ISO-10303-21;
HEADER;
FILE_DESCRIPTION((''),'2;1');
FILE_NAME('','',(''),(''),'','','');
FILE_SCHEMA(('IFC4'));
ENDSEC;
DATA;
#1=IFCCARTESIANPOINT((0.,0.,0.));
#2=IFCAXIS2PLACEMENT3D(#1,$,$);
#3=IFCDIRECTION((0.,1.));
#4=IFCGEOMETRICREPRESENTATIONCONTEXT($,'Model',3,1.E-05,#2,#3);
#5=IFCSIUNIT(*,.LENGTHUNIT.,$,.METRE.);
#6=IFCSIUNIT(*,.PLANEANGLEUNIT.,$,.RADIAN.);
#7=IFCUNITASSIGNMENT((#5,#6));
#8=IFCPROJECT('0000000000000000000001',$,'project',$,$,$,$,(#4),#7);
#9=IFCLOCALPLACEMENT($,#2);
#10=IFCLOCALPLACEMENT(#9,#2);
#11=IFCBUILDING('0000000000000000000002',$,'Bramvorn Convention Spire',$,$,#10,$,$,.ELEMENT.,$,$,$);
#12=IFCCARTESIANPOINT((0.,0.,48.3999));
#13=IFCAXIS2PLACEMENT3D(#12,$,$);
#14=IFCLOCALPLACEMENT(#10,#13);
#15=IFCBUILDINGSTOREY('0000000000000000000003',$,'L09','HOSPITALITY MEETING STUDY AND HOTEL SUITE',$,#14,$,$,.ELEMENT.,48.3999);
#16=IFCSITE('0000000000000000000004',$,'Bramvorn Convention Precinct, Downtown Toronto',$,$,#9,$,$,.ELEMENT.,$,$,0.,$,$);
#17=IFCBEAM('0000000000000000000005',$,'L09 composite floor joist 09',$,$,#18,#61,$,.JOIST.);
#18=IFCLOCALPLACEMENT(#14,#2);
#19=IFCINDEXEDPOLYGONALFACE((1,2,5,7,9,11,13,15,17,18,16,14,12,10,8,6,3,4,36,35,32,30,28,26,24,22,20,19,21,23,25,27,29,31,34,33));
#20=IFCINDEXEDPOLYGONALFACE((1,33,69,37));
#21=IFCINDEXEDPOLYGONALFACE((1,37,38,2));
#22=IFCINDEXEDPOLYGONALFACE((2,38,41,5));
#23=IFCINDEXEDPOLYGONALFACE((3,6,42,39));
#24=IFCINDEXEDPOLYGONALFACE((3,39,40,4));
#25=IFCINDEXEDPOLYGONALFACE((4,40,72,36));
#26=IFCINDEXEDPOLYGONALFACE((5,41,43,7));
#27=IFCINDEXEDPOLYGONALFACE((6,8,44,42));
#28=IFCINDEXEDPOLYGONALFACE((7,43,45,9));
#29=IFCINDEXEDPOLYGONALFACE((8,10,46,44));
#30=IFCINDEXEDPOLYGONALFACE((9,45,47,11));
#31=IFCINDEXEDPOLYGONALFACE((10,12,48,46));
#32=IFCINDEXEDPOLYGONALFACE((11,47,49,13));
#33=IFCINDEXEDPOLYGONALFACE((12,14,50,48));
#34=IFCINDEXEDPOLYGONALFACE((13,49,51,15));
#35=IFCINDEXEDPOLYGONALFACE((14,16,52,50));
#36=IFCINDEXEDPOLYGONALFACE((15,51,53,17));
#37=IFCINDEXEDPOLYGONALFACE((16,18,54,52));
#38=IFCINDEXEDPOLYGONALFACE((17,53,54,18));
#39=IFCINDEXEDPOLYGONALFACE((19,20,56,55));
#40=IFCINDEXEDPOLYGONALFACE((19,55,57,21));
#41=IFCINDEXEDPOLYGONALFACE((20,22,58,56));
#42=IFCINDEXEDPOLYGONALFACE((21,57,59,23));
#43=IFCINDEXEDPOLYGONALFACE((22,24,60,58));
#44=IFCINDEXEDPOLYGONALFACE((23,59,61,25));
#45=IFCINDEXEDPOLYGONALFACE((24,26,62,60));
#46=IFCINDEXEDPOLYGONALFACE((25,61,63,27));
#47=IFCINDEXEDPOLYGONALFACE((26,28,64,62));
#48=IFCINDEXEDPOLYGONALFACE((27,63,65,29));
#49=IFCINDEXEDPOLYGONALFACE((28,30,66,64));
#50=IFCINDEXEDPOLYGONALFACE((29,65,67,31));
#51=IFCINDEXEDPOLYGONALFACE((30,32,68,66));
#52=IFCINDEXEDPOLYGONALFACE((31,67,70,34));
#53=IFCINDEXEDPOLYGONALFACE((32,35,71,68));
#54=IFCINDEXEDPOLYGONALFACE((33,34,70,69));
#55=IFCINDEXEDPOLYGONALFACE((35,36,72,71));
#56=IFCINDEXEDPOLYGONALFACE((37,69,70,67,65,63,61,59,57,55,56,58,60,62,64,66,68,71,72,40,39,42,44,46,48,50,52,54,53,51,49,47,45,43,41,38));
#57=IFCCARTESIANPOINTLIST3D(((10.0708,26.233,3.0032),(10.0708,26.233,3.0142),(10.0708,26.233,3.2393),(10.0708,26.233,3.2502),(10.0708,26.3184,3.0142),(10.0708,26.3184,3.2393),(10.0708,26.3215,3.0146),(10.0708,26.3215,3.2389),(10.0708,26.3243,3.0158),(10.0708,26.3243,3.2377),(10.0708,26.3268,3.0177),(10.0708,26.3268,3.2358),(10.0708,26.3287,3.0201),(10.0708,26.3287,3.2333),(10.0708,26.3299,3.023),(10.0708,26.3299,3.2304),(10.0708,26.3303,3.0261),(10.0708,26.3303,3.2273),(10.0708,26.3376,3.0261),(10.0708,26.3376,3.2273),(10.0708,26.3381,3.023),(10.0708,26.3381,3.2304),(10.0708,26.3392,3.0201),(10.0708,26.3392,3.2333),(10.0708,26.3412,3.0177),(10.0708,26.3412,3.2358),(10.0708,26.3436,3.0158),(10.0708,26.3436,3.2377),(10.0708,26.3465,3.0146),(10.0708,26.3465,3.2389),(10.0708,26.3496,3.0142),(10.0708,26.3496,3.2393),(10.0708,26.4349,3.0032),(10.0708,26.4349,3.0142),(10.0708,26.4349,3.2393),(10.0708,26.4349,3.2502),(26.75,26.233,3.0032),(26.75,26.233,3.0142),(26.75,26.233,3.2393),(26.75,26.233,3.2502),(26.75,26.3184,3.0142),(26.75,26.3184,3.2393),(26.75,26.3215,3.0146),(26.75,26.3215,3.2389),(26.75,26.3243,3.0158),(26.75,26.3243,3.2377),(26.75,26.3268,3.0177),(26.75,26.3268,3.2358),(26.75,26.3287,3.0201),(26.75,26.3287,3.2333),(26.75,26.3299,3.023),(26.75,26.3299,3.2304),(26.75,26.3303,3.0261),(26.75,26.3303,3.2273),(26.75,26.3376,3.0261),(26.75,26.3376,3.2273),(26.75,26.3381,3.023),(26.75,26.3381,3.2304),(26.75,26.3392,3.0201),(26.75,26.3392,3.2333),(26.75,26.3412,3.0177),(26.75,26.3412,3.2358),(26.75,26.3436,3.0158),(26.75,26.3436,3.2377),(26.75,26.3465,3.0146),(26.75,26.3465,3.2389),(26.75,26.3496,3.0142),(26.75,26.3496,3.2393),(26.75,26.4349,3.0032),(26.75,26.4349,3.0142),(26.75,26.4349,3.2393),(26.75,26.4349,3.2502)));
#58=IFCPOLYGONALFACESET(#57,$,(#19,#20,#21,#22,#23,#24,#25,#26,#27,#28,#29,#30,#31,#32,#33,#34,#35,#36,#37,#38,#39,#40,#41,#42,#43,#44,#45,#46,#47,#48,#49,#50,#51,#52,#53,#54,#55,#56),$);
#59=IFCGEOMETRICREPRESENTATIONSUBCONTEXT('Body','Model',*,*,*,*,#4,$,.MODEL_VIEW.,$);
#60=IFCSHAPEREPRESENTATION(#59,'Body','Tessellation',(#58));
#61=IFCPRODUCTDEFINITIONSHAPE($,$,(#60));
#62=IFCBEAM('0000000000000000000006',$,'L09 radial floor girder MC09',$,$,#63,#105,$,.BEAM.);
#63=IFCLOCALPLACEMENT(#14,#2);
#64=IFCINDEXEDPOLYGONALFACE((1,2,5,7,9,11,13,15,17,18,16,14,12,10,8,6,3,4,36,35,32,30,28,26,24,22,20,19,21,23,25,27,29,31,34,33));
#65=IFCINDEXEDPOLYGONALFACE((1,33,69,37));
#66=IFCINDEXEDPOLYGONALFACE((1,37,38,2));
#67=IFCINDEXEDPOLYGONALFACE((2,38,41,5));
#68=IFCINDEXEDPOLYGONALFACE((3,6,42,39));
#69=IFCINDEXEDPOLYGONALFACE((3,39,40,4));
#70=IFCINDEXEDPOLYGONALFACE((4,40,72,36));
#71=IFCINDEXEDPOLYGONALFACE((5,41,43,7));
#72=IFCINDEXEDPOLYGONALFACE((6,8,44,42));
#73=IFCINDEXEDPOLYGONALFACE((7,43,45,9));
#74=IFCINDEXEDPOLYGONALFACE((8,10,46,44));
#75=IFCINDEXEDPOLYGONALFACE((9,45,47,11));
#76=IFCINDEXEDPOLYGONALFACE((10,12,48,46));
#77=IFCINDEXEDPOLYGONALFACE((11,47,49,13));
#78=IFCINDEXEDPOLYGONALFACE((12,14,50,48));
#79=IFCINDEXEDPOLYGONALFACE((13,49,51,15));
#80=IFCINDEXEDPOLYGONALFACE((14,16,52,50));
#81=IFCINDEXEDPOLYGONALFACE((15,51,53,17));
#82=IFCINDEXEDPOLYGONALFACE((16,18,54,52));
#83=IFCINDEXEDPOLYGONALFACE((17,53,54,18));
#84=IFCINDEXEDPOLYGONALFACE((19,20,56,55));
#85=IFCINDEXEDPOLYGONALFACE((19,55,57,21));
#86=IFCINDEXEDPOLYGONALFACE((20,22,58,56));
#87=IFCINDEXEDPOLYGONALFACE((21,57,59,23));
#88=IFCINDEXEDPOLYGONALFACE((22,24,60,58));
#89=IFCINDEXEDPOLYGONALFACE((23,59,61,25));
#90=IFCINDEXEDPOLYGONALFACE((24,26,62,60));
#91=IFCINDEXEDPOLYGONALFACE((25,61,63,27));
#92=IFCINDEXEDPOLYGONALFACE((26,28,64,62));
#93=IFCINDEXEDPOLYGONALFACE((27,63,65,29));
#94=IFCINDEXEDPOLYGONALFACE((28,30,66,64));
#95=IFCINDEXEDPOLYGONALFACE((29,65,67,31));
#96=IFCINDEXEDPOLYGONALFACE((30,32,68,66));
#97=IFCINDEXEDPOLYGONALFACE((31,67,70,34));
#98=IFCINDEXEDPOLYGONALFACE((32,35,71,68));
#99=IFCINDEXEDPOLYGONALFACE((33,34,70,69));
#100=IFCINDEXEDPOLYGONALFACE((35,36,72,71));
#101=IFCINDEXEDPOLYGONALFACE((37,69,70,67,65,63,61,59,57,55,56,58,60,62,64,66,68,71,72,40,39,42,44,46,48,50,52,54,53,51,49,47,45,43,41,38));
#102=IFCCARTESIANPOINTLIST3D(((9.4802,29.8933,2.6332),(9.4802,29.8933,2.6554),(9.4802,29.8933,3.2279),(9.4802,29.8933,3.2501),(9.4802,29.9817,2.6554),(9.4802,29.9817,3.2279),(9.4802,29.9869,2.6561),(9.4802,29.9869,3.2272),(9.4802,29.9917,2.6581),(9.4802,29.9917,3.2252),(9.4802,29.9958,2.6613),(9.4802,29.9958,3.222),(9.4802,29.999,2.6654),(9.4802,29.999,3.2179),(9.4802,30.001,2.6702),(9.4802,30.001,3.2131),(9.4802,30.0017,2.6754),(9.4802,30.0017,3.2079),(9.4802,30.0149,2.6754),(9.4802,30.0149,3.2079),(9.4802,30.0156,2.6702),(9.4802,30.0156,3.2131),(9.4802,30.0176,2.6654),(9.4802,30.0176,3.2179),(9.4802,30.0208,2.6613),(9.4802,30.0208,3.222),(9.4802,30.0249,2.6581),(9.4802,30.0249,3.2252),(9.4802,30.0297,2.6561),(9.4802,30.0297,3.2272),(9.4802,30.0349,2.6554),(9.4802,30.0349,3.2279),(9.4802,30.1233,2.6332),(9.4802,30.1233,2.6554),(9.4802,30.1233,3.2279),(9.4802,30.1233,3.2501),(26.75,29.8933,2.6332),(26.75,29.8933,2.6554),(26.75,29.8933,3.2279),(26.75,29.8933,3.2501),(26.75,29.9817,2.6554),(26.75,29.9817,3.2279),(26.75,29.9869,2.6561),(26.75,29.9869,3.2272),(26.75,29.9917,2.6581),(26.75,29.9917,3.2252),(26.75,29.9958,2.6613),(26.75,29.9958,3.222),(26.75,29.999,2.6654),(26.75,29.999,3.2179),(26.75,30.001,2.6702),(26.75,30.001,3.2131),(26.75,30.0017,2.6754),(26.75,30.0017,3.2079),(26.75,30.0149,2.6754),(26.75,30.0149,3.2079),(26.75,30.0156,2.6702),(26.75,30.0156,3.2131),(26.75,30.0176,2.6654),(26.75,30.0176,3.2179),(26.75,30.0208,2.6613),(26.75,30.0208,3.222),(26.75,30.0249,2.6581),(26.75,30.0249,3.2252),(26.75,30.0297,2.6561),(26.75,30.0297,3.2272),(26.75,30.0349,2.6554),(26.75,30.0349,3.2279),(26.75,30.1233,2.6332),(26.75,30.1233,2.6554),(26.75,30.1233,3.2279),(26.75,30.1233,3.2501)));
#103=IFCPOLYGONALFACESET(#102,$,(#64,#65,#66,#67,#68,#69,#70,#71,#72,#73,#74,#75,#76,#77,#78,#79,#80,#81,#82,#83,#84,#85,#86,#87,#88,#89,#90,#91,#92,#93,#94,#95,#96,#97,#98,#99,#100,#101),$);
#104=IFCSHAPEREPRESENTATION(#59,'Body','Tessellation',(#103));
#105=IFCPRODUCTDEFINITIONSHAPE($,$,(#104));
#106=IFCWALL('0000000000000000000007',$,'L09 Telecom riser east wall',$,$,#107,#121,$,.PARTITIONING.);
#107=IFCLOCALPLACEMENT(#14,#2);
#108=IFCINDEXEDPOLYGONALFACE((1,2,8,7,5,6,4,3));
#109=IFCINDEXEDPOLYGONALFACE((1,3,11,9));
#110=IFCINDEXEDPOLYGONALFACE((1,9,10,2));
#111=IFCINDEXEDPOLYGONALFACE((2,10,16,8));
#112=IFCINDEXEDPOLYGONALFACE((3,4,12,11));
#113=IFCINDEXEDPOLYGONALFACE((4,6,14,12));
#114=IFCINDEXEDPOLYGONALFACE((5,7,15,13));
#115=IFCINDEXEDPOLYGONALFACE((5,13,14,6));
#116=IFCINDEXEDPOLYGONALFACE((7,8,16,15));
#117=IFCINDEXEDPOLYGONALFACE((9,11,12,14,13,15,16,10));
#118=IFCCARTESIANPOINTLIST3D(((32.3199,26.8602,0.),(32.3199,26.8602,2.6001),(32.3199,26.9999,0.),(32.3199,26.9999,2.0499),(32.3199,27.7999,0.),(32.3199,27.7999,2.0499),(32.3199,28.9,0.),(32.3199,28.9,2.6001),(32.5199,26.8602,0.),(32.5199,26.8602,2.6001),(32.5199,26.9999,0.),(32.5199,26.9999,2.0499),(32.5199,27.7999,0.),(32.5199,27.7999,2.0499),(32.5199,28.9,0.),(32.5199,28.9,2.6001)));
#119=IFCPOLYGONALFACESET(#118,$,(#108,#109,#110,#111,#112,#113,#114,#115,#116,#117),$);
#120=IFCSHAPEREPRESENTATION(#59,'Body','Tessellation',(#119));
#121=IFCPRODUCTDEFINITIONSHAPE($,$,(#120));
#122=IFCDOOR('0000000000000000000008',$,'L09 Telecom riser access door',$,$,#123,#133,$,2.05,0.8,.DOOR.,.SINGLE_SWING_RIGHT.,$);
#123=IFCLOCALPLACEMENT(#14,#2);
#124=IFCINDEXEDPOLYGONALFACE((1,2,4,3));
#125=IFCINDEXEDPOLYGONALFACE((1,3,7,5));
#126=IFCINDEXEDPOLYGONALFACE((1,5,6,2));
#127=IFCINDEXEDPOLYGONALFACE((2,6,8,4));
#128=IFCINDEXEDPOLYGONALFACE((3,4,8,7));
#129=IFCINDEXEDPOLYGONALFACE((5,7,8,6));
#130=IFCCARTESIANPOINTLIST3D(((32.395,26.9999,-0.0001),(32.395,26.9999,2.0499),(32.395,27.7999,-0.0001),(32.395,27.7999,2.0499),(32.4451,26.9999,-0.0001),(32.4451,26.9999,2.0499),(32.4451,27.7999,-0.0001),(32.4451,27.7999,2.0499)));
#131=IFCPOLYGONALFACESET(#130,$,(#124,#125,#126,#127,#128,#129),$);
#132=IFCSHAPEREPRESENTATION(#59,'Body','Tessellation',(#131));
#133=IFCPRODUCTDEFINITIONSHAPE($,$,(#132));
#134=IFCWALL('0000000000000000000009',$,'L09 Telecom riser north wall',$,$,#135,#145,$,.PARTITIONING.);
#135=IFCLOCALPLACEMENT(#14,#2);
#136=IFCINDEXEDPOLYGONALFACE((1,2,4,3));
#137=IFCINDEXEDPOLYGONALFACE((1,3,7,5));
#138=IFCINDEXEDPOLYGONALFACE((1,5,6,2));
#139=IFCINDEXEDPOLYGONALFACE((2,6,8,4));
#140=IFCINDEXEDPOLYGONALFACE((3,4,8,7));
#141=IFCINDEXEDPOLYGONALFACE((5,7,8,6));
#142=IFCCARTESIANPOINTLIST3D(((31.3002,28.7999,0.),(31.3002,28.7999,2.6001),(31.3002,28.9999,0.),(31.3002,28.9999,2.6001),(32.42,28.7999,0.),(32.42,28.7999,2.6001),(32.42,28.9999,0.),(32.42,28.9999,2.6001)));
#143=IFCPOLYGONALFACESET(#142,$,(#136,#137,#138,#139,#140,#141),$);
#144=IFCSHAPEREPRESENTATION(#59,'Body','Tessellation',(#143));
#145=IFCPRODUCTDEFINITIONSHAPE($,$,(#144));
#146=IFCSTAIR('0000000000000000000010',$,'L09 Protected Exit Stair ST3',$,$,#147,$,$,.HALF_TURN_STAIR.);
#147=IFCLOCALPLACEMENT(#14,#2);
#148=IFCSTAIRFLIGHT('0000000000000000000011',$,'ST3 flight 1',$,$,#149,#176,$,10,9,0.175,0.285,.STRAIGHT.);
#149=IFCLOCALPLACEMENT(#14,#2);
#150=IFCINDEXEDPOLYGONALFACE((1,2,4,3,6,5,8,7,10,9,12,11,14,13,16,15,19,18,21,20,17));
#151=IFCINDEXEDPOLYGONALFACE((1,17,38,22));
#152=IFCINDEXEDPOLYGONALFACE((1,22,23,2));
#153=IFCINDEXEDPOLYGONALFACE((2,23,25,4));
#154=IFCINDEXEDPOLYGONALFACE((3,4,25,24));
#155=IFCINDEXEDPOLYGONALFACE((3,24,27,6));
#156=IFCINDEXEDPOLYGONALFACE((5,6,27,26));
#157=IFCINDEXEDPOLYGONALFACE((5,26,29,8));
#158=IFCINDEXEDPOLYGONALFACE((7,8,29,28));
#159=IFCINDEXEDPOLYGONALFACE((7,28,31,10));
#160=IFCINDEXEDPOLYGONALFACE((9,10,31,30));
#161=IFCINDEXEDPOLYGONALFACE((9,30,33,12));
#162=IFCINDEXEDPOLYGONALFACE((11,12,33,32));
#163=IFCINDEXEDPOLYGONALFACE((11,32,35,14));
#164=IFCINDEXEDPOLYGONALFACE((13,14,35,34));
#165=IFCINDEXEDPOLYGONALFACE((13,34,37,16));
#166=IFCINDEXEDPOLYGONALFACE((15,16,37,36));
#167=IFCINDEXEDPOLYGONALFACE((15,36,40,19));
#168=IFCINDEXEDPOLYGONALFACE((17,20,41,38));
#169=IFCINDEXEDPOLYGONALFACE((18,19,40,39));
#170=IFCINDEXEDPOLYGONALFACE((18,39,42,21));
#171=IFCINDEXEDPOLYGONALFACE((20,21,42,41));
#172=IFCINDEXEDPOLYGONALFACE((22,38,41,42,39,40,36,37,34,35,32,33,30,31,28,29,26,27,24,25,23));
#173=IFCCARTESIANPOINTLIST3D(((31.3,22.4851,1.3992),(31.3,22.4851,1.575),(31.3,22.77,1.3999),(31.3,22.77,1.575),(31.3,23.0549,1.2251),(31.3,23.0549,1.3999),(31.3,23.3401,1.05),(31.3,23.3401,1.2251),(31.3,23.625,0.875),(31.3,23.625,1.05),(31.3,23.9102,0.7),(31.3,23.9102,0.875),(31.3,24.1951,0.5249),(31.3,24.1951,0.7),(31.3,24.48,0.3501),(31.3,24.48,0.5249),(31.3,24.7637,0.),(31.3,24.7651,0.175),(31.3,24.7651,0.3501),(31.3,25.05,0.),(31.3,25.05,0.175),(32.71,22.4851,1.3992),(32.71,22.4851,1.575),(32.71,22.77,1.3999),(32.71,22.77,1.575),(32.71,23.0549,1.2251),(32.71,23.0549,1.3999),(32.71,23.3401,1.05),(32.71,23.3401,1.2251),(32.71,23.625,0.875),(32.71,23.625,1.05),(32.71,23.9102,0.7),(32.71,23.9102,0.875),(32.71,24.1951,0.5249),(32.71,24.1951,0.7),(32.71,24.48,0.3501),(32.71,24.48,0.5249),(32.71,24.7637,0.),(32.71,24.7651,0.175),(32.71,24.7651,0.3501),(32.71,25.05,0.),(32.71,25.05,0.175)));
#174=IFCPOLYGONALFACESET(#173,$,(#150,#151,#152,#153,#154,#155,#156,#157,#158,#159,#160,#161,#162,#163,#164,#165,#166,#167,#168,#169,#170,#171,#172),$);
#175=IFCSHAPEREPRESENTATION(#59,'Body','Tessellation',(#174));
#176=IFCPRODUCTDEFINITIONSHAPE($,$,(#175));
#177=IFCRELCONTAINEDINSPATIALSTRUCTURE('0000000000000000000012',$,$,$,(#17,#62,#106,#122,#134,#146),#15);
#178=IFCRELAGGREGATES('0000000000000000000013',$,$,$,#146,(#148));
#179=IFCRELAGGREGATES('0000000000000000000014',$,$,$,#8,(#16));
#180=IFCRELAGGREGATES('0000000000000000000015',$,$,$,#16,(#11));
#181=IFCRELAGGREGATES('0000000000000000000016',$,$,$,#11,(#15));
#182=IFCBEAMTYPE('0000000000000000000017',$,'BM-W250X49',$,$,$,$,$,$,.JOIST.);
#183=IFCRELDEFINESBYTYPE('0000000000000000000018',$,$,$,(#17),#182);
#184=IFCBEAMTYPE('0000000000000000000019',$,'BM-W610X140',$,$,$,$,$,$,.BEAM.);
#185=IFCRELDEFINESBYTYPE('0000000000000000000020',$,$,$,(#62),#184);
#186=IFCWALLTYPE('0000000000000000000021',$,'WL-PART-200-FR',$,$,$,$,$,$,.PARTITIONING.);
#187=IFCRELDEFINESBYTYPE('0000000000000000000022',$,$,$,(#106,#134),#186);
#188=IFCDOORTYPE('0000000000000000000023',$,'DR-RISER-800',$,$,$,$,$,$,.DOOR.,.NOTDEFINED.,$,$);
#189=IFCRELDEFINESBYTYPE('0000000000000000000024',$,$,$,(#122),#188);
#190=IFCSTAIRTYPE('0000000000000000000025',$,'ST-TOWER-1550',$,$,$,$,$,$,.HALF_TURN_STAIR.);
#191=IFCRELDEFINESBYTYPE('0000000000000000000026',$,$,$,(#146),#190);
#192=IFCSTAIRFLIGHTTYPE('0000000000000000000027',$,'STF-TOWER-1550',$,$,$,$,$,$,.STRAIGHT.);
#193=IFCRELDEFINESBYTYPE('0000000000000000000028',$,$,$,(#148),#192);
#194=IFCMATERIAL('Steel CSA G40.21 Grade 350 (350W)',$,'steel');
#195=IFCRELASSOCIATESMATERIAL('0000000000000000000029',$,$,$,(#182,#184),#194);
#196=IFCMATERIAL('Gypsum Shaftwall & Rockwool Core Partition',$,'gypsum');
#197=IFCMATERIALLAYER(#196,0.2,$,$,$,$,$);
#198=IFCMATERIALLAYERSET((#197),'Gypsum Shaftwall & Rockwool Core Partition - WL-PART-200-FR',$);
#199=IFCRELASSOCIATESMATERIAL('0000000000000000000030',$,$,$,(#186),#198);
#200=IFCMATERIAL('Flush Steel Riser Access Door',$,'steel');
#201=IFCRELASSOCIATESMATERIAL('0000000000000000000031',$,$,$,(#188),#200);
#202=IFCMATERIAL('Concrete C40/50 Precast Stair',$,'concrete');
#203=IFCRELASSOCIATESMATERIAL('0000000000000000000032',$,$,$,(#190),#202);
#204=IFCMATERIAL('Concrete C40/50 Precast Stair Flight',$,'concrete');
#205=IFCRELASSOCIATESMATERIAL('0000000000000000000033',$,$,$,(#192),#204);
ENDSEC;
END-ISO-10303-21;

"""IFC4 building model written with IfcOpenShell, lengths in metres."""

from ifc_helpers import new_model, si_unit, direction, frame, frame_2d, origin, origin_2d, place, context, subcontext, project, spatial, polyline, rectangle, i_section, outline, extrude, material, layer, layer_set, material_profile, profile_set, type_object, element, fill, aggregate, save


model = new_model("IFC4")

# Units and contexts
model_context = context("Model", 3, precision=1e-05, world=origin(), true_north=direction((0.0, 1.0)))
body_context = subcontext(model_context, "Body", "Model", "MODEL_VIEW")
ifc_project = project(units=[si_unit("LENGTHUNIT", "METRE"), si_unit("PLANEANGLEUNIT", "RADIAN")], contexts=[model_context])

# Site, building, storey
site_placement = place(None, origin())
site = spatial("IfcSite", under=ifc_project, at=site_placement, Name="Bramvorn Convention Precinct, Downtown Toronto", CompositionType="ELEMENT", RefElevation=0.0)
building_placement = place(site_placement, origin())
building = spatial("IfcBuilding", under=site, at=building_placement, Name="Bramvorn Convention Spire", CompositionType="ELEMENT")
storey_placement = place(building_placement, frame((0.0, 0.0, 48.3999)))
storey = spatial("IfcBuildingStorey", under=building, at=storey_placement, Name="L09", Description="HOSPITALITY MEETING STUDY AND HOTEL SUITE", CompositionType="ELEMENT", Elevation=48.3999)

# Beams
ifc_material_1 = material(Name="Steel CSA G40.21 Grade 350 (350W)", Category="steel")
ifc_material_profile_1 = material_profile(ifc_material_1, i_section(OverallWidth=0.2019, OverallDepth=0.2471, WebThickness=0.0073, FlangeThickness=0.011, FilletRadius=0.012, at=origin_2d()))
ifc_profile_set_1 = profile_set([ifc_material_profile_1], Name="Steel CSA G40.21 Grade 350 (350W) - W250X49")
beam_type_1 = type_object("IfcBeamType", Name="BM-W250X49", PredefinedType="JOIST", material=ifc_profile_set_1)
beam_1_placement = place(storey_placement, frame((26.75, 26.334, 3.1267), z_axis=(-1.0, 0.0, 0.0), x_axis=(0.0, -1.0, 0.0)))
element("IfcBeam", 1, at=beam_1_placement, inside=storey, type_object=beam_type_1, Name="L09 composite floor joist 09", PredefinedType="JOIST", context=body_context, shape_type="SweptSolid", body=[
    extrude(i_section(OverallWidth=0.2019, OverallDepth=0.2471, WebThickness=0.0073, FlangeThickness=0.011, FilletRadius=0.012, at=origin_2d()), origin(), (0.0, 0.0, 1.0), 16.6792),
])
ifc_material_profile_2 = material_profile(ifc_material_1, i_section(OverallWidth=0.23, OverallDepth=0.6169, WebThickness=0.0132, FlangeThickness=0.0222, FilletRadius=0.02, at=origin_2d()))
ifc_profile_set_2 = profile_set([ifc_material_profile_2], Name="Steel CSA G40.21 Grade 350 (350W) - W610X140")
beam_type_2 = type_object("IfcBeamType", Name="BM-W610X140", PredefinedType="BEAM", material=ifc_profile_set_2)
beam_2_placement = place(storey_placement, frame((26.75, 30.0083, 2.9417), z_axis=(-1.0, 0.0, 0.0), x_axis=(0.0, -1.0, 0.0)))
element("IfcBeam", 2, at=beam_2_placement, inside=storey, type_object=beam_type_2, Name="L09 radial floor girder MC09", PredefinedType="BEAM", context=body_context, shape_type="SweptSolid", body=[
    extrude(i_section(OverallWidth=0.23, OverallDepth=0.6169, WebThickness=0.0132, FlangeThickness=0.0222, FilletRadius=0.02, at=origin_2d()), origin(), (0.0, 0.0, 1.0), 17.2698),
])

# Wall, opening, door
ifc_material_2 = material(Name="Gypsum Shaftwall & Rockwool Core Partition", Category="gypsum")
ifc_layer_1 = layer(ifc_material_2, 0.2)
ifc_layer_set_1 = layer_set([ifc_layer_1], Name="Gypsum Shaftwall & Rockwool Core Partition - WL-PART-200-FR")
wall_type_1 = type_object("IfcWallType", Name="WL-PART-200-FR", PredefinedType="PARTITIONING", material=ifc_layer_set_1)
wall_1_placement = place(storey_placement, frame((32.4199, 26.8601, 0.0), z_axis=(0.0, 0.0, 1.0), x_axis=(0.0, 1.0, 0.0)))
wall_1 = element("IfcWall", 3, at=wall_1_placement, inside=storey, type_object=wall_type_1, Name="L09 Telecom riser east wall", PredefinedType="PARTITIONING", context=body_context, shape_type="SweptSolid", body=[
    extrude(rectangle(XDim=2.0398, YDim=0.2, at=frame_2d((1.02, 0.0))), origin(), (0.0, 0.0, 1.0), 2.6001),
])
opening_1_placement = place(wall_1_placement, frame((0.1399, 0.0, 0.0)))
opening_1 = element("IfcOpeningElement", 4, at=opening_1_placement, cuts=wall_1, PredefinedType="OPENING", context=body_context, shape_type="SweptSolid", body=[
    extrude(rectangle(XDim=0.8, YDim=2.05, at=frame_2d((0.3999, 1.0249))), frame((0.0, 0.1099, 0.0), z_axis=(0.0, -1.0, 0.0), x_axis=(1.0, 0.0, 0.0)), (0.0, 0.0, 1.0), 0.22),
])
ifc_material_3 = material(Name="Flush Steel Riser Access Door", Category="steel")
door_type_1 = type_object("IfcDoorType", Name="DR-RISER-800", OperationType="NOTDEFINED", PredefinedType="DOOR", material=ifc_material_3)
door_1_placement = place(opening_1_placement, origin())
door_1 = element("IfcDoor", 5, at=door_1_placement, inside=storey, type_object=door_type_1, Name="L09 Telecom riser access door", OperationType="SINGLE_SWING_RIGHT", OverallHeight=2.05, OverallWidth=0.8, PredefinedType="DOOR", context=body_context, shape_type="SweptSolid", body=[
    extrude(rectangle(XDim=0.8, YDim=2.05, at=frame_2d((0.3999, 1.0249))), frame((0.0, 0.0249, 0.0), z_axis=(0.0, -1.0, 0.0), x_axis=(1.0, 0.0, 0.0)), (0.0, 0.0, 1.0), 0.05),
])
fill(opening_1, door_1)

# Wall
wall_2_placement = place(storey_placement, frame((31.3, 28.8999, 0.0), z_axis=(0.0, 0.0, 1.0), x_axis=(1.0, 0.0, 0.0)))
element("IfcWall", 6, at=wall_2_placement, inside=storey, type_object=wall_type_1, Name="L09 Telecom riser north wall", PredefinedType="PARTITIONING", context=body_context, shape_type="SweptSolid", body=[
    extrude(rectangle(XDim=1.1199, YDim=0.2, at=frame_2d((0.5601, 0.0))), origin(), (0.0, 0.0, 1.0), 2.6001),
])

# Stair, stair flight
ifc_material_4 = material(Name="Concrete C40/50 Precast Stair", Category="concrete")
stair_type = type_object("IfcStairType", Name="ST-TOWER-1550", PredefinedType="HALF_TURN_STAIR", material=ifc_material_4)
stair_placement = place(storey_placement, origin())
stair = element("IfcStair", 7, at=stair_placement, inside=storey, type_object=stair_type, Name="L09 Protected Exit Stair ST3", PredefinedType="HALF_TURN_STAIR")
ifc_material_5 = material(Name="Concrete C40/50 Precast Stair Flight", Category="concrete")
stair_flight_type = type_object("IfcStairFlightType", Name="STF-TOWER-1550", PredefinedType="STRAIGHT", material=ifc_material_5)
stair_flight_placement = place(storey_placement, frame((32.0049, 25.05, 0.0), z_axis=(0.0, 0.0, 1.0), x_axis=(0.0, -1.0, 0.0)))
stair_flight = element("IfcStairFlight", 8, at=stair_flight_placement, type_object=stair_flight_type, Name="ST3 flight 1", NumberOfRisers=10, NumberOfTreads=9, PredefinedType="STRAIGHT", RiserHeight=0.175, TreadLength=0.285, context=body_context, shape_type="SweptSolid", body=[
    extrude(outline(polyline([(0.0, 0.0), (0.0, 0.175), (0.2849, 0.175), (0.2849, 0.3501), (0.5701, 0.3501), (0.5701, 0.5249), (0.855, 0.5249), (0.855, 0.7), (1.1399, 0.7), (1.1399, 0.875), (1.425, 0.875), (1.425, 1.05), (1.71, 1.05), (1.71, 1.2251), (1.9951, 1.2251), (1.9951, 1.3999), (2.28, 1.3999), (2.28, 1.575), (2.5649, 1.575), (2.5649, 1.75), (2.5649, 1.3992), (0.2864, 0.0), (0.0, 0.0)])), frame((0.0, 0.7051, 0.0), z_axis=(0.0, -1.0, 0.0), x_axis=(1.0, 0.0, 0.0)), (0.0, 0.0, 1.0), 1.4099),
])
aggregate(stair, [stair_flight])

save(model, "model.ifc")
